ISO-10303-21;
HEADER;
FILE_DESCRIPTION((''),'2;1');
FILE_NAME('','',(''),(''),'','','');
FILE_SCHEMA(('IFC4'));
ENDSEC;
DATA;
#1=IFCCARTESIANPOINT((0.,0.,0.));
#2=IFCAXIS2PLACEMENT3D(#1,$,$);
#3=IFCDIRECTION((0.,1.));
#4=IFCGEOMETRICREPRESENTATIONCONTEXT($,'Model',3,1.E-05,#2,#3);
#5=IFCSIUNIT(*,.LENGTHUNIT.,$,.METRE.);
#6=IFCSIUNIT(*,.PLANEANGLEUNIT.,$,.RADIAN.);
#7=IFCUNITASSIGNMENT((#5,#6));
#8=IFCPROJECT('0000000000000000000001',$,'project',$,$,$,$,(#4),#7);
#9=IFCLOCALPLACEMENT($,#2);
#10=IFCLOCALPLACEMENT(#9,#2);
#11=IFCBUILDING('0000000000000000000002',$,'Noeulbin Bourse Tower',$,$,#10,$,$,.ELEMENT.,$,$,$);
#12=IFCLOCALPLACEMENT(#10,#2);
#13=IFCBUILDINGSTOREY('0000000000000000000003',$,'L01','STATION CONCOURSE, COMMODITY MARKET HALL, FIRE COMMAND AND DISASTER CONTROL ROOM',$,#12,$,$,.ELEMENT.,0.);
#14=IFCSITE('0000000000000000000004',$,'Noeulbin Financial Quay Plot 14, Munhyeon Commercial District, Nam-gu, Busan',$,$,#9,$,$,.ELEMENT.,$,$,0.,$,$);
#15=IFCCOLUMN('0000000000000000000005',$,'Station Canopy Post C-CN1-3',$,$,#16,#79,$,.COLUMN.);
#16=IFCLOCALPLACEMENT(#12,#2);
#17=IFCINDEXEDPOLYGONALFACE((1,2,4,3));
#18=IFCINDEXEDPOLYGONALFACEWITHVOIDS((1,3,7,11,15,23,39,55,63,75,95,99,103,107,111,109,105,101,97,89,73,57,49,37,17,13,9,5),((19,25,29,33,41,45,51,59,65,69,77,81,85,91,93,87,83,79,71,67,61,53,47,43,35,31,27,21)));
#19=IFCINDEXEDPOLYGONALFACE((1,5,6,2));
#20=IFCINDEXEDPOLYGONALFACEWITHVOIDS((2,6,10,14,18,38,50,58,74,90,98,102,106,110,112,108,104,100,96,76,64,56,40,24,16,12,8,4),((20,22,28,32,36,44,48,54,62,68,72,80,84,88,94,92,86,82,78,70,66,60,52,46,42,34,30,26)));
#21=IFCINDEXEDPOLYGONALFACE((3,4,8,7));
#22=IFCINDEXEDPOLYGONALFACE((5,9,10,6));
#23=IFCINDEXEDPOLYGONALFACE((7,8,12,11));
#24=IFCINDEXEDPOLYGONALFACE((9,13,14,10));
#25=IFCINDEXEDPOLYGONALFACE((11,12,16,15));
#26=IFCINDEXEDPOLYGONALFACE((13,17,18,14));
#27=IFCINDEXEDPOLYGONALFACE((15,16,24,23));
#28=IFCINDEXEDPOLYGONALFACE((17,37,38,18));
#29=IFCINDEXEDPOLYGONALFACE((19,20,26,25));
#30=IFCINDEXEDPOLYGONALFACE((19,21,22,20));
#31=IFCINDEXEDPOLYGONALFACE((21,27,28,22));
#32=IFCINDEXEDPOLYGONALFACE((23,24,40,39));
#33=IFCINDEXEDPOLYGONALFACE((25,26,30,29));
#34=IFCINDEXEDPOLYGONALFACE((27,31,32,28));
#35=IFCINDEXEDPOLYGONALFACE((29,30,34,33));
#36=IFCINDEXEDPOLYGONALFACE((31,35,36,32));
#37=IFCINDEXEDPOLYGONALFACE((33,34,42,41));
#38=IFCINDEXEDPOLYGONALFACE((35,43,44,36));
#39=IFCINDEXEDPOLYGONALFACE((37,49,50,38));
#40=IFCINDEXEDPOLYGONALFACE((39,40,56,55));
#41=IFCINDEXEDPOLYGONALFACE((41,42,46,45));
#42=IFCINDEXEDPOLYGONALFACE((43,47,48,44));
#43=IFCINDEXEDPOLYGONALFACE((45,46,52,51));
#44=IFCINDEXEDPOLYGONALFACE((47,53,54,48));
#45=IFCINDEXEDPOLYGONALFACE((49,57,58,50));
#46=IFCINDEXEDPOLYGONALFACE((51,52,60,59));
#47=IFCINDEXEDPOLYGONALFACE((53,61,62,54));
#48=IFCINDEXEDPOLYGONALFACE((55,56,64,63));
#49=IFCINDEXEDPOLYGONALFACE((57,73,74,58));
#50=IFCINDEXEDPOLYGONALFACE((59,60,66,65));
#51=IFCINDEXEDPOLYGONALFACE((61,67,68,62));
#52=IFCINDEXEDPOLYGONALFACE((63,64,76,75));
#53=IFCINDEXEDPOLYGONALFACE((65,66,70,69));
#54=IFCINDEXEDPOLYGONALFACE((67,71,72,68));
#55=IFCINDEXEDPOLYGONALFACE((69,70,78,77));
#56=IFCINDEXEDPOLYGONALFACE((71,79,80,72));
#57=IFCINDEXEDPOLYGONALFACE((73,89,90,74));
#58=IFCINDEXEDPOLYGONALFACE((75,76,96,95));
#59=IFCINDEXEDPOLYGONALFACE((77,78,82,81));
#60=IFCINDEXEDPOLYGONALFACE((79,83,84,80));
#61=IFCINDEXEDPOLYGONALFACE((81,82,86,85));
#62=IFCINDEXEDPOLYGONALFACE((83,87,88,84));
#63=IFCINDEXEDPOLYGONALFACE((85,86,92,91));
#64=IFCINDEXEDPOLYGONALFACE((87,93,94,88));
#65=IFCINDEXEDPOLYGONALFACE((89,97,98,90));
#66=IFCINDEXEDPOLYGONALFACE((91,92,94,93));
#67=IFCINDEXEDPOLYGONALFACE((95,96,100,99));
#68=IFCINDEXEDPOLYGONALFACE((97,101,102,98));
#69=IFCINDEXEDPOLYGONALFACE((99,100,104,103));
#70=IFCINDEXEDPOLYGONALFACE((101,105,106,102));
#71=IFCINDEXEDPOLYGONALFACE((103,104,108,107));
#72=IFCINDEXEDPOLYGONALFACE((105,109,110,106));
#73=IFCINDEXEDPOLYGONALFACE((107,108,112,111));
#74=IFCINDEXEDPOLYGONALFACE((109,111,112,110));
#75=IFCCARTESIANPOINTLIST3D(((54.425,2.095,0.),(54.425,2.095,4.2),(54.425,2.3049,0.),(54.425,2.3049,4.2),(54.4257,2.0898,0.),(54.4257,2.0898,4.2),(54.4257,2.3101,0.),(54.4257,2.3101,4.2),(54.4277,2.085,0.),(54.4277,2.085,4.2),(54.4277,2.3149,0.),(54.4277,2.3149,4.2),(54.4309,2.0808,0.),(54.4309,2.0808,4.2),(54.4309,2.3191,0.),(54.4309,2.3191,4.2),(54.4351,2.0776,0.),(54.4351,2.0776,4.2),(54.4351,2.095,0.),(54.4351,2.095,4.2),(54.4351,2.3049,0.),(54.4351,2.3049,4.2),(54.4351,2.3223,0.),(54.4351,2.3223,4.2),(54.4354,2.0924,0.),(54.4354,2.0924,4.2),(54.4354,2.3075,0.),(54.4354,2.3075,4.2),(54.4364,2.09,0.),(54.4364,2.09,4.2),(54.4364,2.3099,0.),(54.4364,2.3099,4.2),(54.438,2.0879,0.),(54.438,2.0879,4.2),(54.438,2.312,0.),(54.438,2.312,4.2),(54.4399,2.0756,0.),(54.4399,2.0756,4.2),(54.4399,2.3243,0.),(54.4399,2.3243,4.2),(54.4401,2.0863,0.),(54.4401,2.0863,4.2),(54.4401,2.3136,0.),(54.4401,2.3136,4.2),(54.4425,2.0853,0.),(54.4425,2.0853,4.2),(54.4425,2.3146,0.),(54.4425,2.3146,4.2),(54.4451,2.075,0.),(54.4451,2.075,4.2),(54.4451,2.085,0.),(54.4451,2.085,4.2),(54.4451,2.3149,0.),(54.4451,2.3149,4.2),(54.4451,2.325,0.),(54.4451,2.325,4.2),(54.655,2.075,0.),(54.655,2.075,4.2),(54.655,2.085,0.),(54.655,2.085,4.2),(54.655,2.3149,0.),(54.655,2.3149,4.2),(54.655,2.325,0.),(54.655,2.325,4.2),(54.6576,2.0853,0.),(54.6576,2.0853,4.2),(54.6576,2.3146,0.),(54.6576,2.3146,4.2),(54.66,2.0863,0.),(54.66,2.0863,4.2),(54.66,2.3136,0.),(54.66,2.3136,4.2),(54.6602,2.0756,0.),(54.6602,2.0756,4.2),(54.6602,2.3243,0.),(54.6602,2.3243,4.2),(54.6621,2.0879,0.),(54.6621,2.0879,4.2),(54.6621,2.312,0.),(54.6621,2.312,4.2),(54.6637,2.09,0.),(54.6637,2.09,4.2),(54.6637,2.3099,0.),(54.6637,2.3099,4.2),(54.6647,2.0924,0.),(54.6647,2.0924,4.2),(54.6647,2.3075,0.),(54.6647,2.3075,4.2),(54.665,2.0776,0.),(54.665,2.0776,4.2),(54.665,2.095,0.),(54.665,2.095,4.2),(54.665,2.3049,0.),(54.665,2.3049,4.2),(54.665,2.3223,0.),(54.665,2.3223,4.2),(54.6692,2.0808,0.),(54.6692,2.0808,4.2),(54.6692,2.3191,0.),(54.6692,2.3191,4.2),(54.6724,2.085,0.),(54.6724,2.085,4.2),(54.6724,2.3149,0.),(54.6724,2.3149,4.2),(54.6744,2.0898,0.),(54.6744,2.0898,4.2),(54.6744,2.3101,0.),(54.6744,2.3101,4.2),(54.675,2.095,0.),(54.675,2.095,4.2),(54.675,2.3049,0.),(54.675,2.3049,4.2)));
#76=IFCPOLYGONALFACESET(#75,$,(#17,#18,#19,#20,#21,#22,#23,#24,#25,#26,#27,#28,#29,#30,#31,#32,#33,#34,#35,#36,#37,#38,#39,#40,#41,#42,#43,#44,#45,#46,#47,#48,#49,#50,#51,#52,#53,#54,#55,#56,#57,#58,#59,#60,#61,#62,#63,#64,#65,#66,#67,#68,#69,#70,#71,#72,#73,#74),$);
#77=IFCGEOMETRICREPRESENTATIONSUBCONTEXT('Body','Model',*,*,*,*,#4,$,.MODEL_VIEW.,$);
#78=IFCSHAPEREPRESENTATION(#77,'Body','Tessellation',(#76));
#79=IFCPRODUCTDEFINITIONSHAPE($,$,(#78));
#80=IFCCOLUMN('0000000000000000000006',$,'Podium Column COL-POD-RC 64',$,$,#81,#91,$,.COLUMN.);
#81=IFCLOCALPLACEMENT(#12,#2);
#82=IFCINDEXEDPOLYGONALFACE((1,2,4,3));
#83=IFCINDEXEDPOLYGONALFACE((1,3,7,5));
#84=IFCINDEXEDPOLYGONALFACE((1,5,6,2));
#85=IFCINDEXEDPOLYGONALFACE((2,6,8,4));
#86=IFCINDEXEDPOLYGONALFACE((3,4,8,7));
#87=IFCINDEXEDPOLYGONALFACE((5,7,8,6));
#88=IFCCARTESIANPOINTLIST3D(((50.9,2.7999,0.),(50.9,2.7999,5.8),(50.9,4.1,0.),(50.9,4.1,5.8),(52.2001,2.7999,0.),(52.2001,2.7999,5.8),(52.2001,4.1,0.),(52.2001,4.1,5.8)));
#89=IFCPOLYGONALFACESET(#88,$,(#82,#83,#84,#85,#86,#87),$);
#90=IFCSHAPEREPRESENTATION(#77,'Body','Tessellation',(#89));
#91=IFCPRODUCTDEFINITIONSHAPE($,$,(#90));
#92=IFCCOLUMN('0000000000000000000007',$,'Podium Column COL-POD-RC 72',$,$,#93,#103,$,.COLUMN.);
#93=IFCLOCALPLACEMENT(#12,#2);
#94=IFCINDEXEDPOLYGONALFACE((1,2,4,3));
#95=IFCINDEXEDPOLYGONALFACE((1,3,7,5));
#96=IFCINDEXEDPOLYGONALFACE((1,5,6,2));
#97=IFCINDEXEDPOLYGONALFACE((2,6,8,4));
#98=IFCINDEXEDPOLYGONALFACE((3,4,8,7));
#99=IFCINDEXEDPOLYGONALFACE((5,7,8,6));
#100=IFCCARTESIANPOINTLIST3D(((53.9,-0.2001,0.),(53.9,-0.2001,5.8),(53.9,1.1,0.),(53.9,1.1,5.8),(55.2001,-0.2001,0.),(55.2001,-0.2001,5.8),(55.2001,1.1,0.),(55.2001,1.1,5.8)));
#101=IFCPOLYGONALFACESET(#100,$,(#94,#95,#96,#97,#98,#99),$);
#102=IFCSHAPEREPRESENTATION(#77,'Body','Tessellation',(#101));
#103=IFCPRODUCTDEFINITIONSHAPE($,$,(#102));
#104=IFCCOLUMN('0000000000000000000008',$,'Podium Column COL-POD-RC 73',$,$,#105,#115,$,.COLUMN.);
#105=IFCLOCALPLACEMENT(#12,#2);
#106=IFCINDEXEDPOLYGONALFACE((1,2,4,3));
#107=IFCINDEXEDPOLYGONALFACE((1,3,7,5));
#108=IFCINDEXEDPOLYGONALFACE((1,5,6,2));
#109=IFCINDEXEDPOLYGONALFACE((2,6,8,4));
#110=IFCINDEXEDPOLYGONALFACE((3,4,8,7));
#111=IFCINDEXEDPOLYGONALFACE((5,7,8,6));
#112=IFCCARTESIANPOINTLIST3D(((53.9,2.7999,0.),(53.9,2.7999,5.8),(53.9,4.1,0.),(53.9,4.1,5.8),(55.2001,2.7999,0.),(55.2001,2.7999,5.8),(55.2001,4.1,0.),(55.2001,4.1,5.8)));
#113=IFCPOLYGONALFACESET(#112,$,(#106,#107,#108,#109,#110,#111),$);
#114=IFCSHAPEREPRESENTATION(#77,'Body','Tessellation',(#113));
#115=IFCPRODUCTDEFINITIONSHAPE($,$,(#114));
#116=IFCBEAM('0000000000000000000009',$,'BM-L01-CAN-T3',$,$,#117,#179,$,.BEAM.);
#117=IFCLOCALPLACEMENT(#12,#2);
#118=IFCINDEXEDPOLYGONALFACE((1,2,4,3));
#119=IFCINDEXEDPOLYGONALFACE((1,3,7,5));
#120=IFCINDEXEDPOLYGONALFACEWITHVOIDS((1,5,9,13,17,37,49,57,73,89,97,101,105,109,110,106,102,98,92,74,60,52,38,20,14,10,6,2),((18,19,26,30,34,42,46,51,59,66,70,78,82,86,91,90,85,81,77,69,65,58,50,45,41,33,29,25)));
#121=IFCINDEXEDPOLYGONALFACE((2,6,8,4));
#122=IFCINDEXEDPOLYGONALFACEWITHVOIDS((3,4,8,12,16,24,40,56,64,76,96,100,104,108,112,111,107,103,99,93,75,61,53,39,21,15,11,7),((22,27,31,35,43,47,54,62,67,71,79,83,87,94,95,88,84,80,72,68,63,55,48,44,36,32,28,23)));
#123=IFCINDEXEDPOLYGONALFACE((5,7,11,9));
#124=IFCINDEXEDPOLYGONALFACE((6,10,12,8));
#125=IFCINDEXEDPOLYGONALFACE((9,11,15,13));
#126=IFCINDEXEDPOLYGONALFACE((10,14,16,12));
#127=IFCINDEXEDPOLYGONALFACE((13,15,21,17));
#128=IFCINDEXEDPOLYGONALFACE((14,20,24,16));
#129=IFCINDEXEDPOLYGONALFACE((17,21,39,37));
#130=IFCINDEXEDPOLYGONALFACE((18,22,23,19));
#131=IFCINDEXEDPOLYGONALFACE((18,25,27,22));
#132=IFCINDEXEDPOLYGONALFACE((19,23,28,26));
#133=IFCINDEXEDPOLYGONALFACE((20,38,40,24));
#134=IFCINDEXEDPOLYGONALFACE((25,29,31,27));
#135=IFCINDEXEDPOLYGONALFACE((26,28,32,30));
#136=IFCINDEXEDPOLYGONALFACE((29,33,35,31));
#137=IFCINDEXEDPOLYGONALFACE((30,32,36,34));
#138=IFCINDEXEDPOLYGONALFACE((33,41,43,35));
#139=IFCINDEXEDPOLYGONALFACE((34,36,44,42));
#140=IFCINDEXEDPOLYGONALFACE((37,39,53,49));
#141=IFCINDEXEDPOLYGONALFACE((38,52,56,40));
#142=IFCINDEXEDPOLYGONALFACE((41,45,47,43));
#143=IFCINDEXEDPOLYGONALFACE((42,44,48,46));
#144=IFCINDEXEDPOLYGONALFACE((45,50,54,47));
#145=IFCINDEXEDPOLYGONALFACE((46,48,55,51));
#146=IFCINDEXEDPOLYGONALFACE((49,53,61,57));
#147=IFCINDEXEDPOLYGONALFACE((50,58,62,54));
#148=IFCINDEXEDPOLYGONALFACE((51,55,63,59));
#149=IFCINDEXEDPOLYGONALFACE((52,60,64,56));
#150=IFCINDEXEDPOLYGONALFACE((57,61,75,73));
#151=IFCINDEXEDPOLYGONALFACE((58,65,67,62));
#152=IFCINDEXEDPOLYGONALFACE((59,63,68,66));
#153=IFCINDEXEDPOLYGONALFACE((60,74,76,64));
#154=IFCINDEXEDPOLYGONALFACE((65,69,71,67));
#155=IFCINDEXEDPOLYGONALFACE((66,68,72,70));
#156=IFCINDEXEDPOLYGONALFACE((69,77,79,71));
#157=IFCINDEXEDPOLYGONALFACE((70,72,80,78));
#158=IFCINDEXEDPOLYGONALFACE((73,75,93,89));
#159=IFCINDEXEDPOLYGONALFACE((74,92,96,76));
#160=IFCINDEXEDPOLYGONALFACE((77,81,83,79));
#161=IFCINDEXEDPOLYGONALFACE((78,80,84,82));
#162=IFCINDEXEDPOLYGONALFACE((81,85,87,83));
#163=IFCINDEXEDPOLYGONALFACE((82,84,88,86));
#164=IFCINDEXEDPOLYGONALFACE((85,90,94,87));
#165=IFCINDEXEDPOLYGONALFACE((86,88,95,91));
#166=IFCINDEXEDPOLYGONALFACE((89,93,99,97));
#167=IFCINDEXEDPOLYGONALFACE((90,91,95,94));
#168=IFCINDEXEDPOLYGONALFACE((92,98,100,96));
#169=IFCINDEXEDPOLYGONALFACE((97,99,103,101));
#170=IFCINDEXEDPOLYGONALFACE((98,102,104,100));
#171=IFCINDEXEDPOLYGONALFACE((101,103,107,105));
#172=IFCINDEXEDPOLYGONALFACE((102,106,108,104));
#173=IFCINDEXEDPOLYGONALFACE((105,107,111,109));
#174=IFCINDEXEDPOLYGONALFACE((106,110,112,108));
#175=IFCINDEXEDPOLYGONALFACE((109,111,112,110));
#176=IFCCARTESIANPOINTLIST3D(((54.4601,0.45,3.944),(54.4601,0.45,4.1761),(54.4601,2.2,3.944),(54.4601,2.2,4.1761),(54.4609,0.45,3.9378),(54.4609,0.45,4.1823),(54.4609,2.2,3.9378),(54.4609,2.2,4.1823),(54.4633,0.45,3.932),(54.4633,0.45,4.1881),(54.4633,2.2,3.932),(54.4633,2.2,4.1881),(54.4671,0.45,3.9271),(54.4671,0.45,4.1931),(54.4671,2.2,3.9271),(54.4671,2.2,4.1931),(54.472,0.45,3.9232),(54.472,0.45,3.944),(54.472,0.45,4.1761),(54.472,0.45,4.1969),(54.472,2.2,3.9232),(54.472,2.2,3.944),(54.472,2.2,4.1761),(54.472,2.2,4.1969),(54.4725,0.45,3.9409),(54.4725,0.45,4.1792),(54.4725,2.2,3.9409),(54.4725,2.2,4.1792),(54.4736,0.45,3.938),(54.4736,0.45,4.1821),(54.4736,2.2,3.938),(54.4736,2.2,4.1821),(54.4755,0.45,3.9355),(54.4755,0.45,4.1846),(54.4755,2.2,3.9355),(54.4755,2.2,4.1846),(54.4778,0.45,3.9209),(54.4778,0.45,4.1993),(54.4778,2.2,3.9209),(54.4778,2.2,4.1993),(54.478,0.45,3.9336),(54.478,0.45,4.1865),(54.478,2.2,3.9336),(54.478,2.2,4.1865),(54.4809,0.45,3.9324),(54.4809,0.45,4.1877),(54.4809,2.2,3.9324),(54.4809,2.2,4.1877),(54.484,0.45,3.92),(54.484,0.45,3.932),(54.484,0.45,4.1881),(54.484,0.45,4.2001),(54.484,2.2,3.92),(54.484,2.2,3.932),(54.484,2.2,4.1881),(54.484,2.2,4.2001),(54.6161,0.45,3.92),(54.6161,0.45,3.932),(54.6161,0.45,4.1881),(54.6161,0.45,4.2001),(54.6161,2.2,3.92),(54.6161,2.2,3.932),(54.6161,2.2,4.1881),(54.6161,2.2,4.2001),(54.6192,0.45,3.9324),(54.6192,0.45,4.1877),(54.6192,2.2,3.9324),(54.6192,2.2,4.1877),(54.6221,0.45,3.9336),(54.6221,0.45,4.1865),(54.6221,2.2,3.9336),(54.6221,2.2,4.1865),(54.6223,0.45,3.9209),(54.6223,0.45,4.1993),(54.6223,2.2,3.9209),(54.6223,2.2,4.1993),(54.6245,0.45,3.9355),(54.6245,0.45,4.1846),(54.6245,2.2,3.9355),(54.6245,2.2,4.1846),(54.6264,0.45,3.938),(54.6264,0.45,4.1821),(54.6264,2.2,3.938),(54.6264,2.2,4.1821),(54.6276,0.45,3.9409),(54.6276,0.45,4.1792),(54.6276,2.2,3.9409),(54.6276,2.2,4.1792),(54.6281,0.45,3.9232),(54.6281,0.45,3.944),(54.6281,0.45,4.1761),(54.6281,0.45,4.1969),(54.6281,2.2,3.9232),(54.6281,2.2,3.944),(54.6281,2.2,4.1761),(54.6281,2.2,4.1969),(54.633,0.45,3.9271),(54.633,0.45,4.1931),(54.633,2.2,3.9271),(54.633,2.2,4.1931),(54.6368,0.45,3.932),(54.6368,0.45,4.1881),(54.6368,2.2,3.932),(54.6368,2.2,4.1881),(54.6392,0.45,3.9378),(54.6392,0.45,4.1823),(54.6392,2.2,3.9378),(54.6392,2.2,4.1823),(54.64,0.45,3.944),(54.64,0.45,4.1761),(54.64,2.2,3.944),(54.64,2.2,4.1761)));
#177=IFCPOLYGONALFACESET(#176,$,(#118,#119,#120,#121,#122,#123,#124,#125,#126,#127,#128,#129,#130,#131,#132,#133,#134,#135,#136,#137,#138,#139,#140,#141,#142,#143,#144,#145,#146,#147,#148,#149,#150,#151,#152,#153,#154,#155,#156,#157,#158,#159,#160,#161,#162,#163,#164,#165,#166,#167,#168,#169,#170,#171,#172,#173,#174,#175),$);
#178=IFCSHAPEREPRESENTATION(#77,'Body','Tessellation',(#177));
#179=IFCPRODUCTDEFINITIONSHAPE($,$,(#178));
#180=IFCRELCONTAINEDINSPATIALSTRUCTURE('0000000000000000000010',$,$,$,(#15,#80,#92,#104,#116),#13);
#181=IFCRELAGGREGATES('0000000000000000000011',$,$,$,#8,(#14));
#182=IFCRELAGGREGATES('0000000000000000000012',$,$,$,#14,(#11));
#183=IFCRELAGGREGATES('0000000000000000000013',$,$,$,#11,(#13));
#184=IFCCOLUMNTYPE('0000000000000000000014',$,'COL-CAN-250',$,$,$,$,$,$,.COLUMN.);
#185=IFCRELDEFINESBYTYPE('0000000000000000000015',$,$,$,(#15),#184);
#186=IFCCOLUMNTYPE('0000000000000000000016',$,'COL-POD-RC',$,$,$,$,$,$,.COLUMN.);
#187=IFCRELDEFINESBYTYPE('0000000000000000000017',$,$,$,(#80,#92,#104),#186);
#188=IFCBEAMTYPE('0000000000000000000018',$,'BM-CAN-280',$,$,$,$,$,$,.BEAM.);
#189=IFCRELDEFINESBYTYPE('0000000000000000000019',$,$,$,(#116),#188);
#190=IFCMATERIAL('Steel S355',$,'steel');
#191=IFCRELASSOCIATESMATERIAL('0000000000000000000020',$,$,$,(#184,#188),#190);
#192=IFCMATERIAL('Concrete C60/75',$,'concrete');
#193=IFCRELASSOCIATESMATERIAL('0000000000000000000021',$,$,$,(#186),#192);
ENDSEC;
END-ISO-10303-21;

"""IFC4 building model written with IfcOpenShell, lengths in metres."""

from ifc_helpers import new_model, si_unit, direction, frame, origin, origin_2d, place, context, subcontext, project, spatial, rectangle, hollow_rectangle, extrude, material, material_profile, profile_set, type_object, element, save


model = new_model("IFC4")

# Units and contexts
model_context = context("Model", 3, precision=1e-05, world=origin(), true_north=direction((0.0, 1.0)))
body_context = subcontext(model_context, "Body", "Model", "MODEL_VIEW")
ifc_project = project(units=[si_unit("LENGTHUNIT", "METRE"), si_unit("PLANEANGLEUNIT", "RADIAN")], contexts=[model_context])

# Site, building, storey
site_placement = place(None, origin())
site = spatial("IfcSite", under=ifc_project, at=site_placement, Name="Noeulbin Financial Quay Plot 14, Munhyeon Commercial District, Nam-gu, Busan", CompositionType="ELEMENT", RefElevation=0.0)
building_placement = place(site_placement, origin())
building = spatial("IfcBuilding", under=site, at=building_placement, Name="Noeulbin Bourse Tower", CompositionType="ELEMENT")
storey_placement = place(building_placement, origin())
storey = spatial("IfcBuildingStorey", under=building, at=storey_placement, Name="L01", Description="STATION CONCOURSE, COMMODITY MARKET HALL, FIRE COMMAND AND DISASTER CONTROL ROOM", CompositionType="ELEMENT", Elevation=0.0)

# Columns
ifc_material_1 = material(Name="Steel S355", Category="steel")
ifc_material_profile_1 = material_profile(ifc_material_1, hollow_rectangle(XDim=0.25, YDim=0.25, WallThickness=0.01, InnerFilletRadius=0.01, OuterFilletRadius=0.02, at=origin_2d()), Name="SHS-250x250x10", Category="LoadBearing")
ifc_profile_set_1 = profile_set([ifc_material_profile_1], Name="Steel S355")
column_type_1 = type_object("IfcColumnType", Name="COL-CAN-250", PredefinedType="COLUMN", material=ifc_profile_set_1)
column_placement = place(storey_placement, frame((54.55, 2.2, 0.0), z_axis=(0.0, 0.0, 1.0), x_axis=(1.0, 0.0, 0.0)))
element("IfcColumn", 1, at=column_placement, inside=storey, type_object=column_type_1, Name="Station Canopy Post C-CN1-3", PredefinedType="COLUMN", context=body_context, shape_type="SweptSolid", body=[
    extrude(hollow_rectangle(XDim=0.25, YDim=0.25, WallThickness=0.01, InnerFilletRadius=0.01, OuterFilletRadius=0.02, at=origin_2d()), origin(), (0.0, 0.0, 1.0), 4.2),
])
ifc_material_2 = material(Name="Concrete C60/75", Category="concrete")
ifc_material_profile_2 = material_profile(ifc_material_2, rectangle(XDim=1.3, YDim=1.3, at=origin_2d()), Name="RC-COL-1300x1300", Category="LoadBearing")
ifc_profile_set_2 = profile_set([ifc_material_profile_2], Name="Concrete C60/75")
column_type_2 = type_object("IfcColumnType", Name="COL-POD-RC", PredefinedType="COLUMN", material=ifc_profile_set_2)
for number, where, z_axis, x_axis, name in (
    (2, (51.55, 3.45, 0.0), (0.0, 0.0, 1.0), (1.0, 0.0, 0.0), "Podium Column COL-POD-RC 64"),
    (3, (54.55, 0.45, 0.0), (0.0, 0.0, 1.0), (1.0, 0.0, 0.0), "Podium Column COL-POD-RC 72"),
    (4, (54.55, 3.45, 0.0), (0.0, 0.0, 1.0), (1.0, 0.0, 0.0), "Podium Column COL-POD-RC 73"),
):
    element("IfcColumn", number, at=place(storey_placement, frame(where, z_axis=z_axis, x_axis=x_axis)), inside=storey, type_object=column_type_2, Name=name, PredefinedType="COLUMN", context=body_context, shape_type="SweptSolid", body=[
        extrude(rectangle(XDim=1.3, YDim=1.3, at=origin_2d()), origin(), (0.0, 0.0, 1.0), 5.8),
    ])

# Beam
ifc_material_profile_3 = material_profile(ifc_material_1, hollow_rectangle(XDim=0.1799, YDim=0.28, WallThickness=0.012, InnerFilletRadius=0.012, OuterFilletRadius=0.0239, at=origin_2d()), Name="RHS-280x180x12", Category="LoadBearing")
ifc_profile_set_3 = profile_set([ifc_material_profile_3], Name="Steel S355")
beam_type_1 = type_object("IfcBeamType", Name="BM-CAN-280", PredefinedType="BEAM", material=ifc_profile_set_3)
beam_1_placement = place(storey_placement, frame((54.55, 0.45, 4.0601), z_axis=(0.0, 1.0, 0.0), x_axis=(-1.0, 0.0, 0.0)))
element("IfcBeam", 5, at=beam_1_placement, inside=storey, type_object=beam_type_1, Name="BM-L01-CAN-T3", PredefinedType="BEAM", context=body_context, shape_type="SweptSolid", body=[
    extrude(hollow_rectangle(XDim=0.1799, YDim=0.28, WallThickness=0.012, InnerFilletRadius=0.012, OuterFilletRadius=0.0239, at=origin_2d()), origin(), (0.0, 0.0, 1.0), 1.75),
])

save(model, "model.ifc")
